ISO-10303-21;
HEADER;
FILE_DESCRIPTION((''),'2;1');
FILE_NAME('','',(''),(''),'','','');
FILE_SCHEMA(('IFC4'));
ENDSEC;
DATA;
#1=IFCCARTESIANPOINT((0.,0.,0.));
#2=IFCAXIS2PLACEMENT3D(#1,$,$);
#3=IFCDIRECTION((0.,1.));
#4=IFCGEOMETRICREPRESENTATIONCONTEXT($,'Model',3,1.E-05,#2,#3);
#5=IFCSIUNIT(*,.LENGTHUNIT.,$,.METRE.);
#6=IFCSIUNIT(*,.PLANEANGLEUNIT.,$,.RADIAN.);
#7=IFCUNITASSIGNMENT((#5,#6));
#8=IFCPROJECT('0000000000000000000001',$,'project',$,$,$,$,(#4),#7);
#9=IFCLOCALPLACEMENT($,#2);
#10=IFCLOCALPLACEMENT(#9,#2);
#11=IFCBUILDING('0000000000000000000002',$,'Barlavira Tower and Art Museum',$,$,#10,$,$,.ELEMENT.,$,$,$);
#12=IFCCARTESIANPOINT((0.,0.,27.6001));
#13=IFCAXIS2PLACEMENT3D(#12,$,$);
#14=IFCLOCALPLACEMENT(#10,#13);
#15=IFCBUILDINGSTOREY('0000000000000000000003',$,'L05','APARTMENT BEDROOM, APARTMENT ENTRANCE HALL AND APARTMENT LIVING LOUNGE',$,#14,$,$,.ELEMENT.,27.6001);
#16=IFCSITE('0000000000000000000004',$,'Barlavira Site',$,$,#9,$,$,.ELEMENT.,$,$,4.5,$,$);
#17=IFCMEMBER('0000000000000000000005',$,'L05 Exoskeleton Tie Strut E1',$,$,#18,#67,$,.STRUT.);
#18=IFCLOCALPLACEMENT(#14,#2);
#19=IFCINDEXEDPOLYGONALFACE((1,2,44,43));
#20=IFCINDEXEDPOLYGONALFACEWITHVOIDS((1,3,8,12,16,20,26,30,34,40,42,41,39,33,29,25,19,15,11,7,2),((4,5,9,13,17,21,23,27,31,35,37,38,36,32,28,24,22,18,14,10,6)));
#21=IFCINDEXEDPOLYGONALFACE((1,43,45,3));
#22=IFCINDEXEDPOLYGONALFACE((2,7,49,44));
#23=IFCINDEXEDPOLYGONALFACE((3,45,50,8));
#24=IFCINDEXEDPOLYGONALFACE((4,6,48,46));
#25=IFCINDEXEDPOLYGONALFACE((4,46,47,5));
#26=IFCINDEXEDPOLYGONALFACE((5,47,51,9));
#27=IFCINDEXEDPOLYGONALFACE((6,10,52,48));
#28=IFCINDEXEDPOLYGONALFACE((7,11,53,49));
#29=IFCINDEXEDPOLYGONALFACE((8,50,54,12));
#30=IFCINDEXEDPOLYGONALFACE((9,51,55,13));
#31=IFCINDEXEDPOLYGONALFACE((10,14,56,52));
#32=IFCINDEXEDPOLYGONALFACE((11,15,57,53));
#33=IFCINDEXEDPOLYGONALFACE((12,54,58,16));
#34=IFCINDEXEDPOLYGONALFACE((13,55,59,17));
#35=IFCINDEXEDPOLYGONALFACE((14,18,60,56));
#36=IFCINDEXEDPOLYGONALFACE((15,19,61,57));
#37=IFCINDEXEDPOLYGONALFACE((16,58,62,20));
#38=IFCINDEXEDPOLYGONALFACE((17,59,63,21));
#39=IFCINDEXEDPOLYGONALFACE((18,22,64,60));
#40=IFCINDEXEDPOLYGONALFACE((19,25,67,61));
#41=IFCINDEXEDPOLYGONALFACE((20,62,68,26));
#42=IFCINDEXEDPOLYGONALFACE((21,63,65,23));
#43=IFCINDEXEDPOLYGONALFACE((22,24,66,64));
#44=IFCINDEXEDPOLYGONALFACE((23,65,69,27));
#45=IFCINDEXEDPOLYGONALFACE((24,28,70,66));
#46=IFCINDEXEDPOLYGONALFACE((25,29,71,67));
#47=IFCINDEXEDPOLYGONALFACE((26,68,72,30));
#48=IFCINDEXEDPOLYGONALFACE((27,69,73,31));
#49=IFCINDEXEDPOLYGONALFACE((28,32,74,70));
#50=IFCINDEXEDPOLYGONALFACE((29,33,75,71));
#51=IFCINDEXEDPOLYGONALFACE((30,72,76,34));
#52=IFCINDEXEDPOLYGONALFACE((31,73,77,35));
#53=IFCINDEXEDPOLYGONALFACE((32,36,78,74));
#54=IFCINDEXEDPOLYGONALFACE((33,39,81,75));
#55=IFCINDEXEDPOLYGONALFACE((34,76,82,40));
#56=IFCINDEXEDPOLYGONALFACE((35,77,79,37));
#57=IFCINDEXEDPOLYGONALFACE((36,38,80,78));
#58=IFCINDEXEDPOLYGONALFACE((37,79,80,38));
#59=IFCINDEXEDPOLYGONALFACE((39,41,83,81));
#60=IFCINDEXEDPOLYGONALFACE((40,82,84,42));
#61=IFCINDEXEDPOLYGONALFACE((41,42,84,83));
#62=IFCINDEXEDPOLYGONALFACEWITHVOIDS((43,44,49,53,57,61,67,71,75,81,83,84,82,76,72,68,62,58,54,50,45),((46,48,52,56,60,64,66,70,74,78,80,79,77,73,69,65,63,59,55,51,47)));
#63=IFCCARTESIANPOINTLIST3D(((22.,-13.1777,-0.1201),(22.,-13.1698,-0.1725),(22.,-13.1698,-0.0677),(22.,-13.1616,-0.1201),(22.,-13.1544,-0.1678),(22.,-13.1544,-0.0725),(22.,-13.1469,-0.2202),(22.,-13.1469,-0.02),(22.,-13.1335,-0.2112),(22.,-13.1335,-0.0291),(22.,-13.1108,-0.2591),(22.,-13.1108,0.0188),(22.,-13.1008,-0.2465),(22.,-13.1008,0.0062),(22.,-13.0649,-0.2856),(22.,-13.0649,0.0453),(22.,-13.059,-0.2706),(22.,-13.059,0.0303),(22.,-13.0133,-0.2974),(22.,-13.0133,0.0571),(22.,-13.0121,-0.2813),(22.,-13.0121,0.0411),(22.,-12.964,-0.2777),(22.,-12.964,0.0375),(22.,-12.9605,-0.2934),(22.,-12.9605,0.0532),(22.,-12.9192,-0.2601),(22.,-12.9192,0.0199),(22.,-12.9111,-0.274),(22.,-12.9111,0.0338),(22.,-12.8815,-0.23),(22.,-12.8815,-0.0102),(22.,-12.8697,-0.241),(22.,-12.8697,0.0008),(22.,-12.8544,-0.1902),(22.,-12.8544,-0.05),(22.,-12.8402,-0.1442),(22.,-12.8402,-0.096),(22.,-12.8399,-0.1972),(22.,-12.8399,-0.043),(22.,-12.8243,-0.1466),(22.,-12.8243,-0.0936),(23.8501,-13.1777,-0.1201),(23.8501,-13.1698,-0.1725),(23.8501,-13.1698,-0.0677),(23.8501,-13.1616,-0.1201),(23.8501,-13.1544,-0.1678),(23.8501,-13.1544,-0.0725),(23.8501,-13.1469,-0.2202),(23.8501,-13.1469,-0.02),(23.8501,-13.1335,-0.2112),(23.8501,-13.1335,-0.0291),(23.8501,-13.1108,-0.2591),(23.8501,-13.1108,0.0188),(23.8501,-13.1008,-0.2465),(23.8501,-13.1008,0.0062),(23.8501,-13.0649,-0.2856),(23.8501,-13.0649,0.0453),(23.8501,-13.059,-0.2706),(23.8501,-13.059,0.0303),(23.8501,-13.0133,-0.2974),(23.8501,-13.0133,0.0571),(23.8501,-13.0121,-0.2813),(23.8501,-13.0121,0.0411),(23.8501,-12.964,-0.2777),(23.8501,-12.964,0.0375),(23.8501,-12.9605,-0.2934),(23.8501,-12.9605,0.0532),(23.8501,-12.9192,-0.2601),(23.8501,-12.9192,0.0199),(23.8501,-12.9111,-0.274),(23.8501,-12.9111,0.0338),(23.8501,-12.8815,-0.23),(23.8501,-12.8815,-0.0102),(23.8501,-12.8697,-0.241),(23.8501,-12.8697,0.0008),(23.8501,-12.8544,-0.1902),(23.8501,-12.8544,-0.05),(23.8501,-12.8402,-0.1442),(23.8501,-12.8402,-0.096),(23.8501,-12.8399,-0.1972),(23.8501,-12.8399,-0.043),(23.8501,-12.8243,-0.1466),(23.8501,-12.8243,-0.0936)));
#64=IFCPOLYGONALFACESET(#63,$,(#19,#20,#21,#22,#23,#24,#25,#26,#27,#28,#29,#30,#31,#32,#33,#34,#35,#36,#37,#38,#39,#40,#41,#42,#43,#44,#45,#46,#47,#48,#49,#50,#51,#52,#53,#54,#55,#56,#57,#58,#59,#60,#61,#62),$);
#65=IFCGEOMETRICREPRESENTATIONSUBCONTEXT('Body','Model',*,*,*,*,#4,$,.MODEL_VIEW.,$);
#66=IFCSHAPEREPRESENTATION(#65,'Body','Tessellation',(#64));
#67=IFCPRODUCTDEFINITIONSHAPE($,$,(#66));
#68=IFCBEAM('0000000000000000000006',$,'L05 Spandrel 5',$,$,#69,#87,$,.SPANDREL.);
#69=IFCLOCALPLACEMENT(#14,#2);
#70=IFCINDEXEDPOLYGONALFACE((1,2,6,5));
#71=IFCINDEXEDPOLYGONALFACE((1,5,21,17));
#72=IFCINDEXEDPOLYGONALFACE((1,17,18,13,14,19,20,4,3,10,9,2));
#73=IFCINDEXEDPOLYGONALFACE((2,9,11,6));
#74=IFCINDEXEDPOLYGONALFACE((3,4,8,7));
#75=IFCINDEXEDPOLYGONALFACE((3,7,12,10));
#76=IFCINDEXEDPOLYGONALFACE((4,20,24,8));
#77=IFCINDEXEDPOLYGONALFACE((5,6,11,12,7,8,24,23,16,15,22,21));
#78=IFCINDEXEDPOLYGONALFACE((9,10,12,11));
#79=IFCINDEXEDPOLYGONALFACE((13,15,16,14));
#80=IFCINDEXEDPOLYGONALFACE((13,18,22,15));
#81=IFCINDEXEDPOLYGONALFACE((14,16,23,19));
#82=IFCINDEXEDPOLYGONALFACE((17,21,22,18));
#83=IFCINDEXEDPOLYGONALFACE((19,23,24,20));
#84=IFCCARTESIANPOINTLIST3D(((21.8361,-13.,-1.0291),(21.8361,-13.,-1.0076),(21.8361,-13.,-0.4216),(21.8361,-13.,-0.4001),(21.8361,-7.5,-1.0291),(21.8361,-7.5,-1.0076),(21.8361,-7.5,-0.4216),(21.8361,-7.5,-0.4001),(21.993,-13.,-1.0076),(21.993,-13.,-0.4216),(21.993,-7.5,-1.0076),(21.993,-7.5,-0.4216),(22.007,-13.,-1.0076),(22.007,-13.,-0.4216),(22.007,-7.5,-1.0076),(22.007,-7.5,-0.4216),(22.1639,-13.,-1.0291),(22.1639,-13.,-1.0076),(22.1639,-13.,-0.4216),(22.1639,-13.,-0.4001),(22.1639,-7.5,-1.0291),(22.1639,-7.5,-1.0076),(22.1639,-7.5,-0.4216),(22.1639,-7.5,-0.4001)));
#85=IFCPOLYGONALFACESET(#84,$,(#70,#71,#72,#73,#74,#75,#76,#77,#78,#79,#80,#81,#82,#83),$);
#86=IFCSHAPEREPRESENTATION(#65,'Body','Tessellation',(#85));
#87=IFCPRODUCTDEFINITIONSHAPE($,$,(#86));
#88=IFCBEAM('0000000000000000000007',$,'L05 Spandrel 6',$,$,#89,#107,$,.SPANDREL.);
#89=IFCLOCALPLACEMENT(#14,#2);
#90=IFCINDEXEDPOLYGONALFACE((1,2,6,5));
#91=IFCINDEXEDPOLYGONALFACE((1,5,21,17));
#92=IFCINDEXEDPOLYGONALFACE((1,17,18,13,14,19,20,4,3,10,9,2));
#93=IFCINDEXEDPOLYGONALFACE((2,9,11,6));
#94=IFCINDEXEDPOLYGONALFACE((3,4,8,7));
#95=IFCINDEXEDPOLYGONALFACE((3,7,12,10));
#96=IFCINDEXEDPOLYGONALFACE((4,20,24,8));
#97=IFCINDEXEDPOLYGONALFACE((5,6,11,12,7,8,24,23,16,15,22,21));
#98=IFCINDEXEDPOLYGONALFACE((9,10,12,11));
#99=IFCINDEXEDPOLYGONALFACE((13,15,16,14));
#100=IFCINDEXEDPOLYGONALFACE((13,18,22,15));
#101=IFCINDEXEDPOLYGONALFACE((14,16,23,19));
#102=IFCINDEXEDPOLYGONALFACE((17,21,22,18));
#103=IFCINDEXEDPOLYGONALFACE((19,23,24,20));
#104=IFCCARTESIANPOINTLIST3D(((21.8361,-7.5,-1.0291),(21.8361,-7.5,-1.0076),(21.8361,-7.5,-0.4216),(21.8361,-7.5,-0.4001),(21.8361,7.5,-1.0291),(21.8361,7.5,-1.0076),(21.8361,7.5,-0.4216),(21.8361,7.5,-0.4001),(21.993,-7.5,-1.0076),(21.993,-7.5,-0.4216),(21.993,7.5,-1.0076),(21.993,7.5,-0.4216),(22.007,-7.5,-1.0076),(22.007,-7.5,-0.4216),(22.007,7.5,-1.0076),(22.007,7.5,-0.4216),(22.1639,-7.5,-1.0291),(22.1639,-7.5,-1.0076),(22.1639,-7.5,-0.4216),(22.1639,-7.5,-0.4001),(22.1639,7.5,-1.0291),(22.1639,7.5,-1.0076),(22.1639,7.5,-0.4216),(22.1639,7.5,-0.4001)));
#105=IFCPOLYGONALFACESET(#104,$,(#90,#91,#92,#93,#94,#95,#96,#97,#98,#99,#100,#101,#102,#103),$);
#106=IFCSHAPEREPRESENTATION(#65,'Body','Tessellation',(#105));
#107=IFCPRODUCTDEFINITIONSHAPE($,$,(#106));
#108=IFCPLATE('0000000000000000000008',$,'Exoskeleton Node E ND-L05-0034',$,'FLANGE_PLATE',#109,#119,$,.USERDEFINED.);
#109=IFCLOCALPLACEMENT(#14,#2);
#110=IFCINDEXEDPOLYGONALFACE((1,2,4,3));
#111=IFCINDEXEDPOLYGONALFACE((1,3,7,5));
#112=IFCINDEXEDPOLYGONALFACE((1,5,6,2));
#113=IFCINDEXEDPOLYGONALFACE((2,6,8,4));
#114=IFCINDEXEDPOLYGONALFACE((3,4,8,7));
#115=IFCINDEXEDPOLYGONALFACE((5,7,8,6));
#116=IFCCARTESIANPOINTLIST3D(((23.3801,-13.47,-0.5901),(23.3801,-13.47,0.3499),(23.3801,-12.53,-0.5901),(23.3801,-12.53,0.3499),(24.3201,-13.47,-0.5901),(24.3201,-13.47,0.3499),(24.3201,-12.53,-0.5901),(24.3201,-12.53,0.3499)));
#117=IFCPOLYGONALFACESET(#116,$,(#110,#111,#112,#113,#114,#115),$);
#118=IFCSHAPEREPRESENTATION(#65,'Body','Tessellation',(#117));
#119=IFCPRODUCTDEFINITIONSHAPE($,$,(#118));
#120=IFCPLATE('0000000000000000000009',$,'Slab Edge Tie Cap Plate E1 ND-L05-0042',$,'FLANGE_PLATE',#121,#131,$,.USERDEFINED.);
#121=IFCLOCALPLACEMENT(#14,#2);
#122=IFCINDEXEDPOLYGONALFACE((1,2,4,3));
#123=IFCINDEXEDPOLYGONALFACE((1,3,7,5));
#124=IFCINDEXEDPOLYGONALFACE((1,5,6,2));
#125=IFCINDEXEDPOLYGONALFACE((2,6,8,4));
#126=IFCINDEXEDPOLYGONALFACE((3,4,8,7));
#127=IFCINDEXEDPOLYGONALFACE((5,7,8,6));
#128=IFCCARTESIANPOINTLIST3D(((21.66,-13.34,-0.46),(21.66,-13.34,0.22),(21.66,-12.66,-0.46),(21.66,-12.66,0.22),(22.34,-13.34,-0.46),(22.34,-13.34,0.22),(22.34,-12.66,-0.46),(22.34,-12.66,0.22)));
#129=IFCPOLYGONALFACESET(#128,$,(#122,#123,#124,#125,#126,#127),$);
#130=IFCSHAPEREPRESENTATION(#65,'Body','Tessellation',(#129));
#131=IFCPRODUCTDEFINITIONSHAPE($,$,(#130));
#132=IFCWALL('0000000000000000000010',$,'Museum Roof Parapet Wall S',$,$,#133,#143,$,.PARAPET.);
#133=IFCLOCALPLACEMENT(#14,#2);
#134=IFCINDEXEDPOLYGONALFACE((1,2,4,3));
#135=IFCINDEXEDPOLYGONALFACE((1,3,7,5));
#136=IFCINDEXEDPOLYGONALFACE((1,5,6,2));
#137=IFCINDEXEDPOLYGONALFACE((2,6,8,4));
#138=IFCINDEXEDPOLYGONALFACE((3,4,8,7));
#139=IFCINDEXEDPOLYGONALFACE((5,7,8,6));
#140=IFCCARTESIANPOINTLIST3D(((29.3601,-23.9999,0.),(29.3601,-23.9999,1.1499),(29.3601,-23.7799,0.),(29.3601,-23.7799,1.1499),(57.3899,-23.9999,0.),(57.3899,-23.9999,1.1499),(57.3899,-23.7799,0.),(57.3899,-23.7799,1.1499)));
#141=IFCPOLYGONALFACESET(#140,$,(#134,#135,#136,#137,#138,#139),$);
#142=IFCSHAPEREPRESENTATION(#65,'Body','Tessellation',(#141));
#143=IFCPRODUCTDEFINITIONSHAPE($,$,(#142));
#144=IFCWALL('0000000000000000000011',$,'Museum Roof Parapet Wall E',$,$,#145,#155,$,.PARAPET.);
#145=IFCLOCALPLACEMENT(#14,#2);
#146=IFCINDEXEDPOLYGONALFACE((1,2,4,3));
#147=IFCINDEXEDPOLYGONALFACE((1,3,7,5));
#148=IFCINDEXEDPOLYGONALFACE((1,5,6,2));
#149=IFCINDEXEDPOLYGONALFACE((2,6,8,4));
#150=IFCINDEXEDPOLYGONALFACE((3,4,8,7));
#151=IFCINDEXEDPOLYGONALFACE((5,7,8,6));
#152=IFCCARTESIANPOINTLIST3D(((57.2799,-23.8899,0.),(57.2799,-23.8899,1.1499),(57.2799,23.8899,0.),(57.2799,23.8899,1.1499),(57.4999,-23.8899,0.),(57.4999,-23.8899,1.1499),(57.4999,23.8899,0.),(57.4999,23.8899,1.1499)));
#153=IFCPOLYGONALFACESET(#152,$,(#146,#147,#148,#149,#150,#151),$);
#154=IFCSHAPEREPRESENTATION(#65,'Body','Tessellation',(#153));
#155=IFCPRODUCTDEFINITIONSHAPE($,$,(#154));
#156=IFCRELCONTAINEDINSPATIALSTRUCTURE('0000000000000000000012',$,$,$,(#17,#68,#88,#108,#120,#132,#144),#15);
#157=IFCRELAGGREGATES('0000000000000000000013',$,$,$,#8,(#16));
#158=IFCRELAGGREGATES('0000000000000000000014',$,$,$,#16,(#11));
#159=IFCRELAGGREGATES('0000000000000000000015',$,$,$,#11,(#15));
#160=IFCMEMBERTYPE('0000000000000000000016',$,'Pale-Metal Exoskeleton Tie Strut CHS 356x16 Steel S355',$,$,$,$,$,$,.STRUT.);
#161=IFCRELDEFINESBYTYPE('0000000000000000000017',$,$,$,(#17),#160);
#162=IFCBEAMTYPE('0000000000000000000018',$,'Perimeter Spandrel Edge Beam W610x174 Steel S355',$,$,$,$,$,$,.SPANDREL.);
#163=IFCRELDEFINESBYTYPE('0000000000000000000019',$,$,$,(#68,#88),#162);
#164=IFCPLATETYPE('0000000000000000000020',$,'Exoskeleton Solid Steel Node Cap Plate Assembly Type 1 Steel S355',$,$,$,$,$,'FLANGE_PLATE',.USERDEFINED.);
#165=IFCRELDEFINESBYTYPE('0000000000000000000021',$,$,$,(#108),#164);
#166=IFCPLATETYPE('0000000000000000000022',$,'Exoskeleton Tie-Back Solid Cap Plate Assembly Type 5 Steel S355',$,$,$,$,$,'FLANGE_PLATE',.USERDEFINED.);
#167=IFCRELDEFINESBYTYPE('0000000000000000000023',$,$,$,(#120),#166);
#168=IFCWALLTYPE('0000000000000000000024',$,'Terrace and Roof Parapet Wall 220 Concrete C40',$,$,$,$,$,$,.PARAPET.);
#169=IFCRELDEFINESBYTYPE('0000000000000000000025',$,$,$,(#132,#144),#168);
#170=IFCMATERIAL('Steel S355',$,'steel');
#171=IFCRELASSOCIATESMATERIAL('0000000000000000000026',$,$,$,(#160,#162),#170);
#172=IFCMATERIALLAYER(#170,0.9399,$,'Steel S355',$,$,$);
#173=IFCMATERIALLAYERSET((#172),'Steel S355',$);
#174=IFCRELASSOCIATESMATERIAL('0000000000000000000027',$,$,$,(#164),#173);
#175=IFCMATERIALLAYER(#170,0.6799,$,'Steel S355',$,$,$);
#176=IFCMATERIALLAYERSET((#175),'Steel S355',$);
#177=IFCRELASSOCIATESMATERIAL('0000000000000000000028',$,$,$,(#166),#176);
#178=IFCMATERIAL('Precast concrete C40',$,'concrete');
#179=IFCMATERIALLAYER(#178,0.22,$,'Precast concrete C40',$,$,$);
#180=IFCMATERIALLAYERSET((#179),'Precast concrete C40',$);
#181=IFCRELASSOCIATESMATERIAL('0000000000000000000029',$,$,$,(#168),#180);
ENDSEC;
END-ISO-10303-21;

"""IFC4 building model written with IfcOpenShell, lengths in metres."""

from ifc_helpers import new_model, si_unit, direction, frame, frame_2d, origin, origin_2d, place, context, subcontext, project, spatial, rectangle, hollow_circle, i_section, extrude, material, layer, layer_set, material_profile, profile_set, type_object, element, save


model = new_model("IFC4")

# Units and contexts
model_context = context("Model", 3, precision=1e-05, world=origin(), true_north=direction((0.0, 1.0)))
body_context = subcontext(model_context, "Body", "Model", "MODEL_VIEW")
ifc_project = project(units=[si_unit("LENGTHUNIT", "METRE"), si_unit("PLANEANGLEUNIT", "RADIAN")], contexts=[model_context])

# Site, building, storey
site_placement = place(None, origin())
site = spatial("IfcSite", under=ifc_project, at=site_placement, Name="Barlavira Site", CompositionType="ELEMENT", RefElevation=4.5)
building_placement = place(site_placement, origin())
building = spatial("IfcBuilding", under=site, at=building_placement, Name="Barlavira Tower and Art Museum", CompositionType="ELEMENT")
storey_placement = place(building_placement, frame((0.0, 0.0, 27.6001)))
storey = spatial("IfcBuildingStorey", under=building, at=storey_placement, Name="L05", Description="APARTMENT BEDROOM, APARTMENT ENTRANCE HALL AND APARTMENT LIVING LOUNGE", CompositionType="ELEMENT", Elevation=27.6001)

# Shared definitions
ifc_material_1 = material(Name="Steel S355", Category="steel")

# Member
ifc_material_profile_1 = material_profile(ifc_material_1, hollow_circle(Radius=0.1777, WallThickness=0.0161, at=origin_2d()), Name="CHS 355.6x16.0")
ifc_profile_set_1 = profile_set([ifc_material_profile_1], Name="Steel S355")
member_type_1 = type_object("IfcMemberType", Name="Pale-Metal Exoskeleton Tie Strut CHS 356x16 Steel S355", PredefinedType="STRUT", material=ifc_profile_set_1)
member_1_placement = place(storey_placement, frame((23.8501, -13.0, -0.1201), z_axis=(-1.0, 0.0, 0.0), x_axis=(0.0, -1.0, 0.0)))
element("IfcMember", 1, at=member_1_placement, inside=storey, type_object=member_type_1, Name="L05 Exoskeleton Tie Strut E1", PredefinedType="STRUT", context=body_context, shape_type="SweptSolid", body=[
    extrude(hollow_circle(Radius=0.1777, WallThickness=0.0161, at=origin_2d()), origin(), (0.0, 0.0, 1.0), 1.8501),
])

# Beams
ifc_material_profile_2 = material_profile(ifc_material_1, i_section(OverallWidth=0.3279, OverallDepth=0.6289, WebThickness=0.0139, FlangeThickness=0.0215, at=origin_2d()), Name="W610x174.0")
ifc_profile_set_2 = profile_set([ifc_material_profile_2], Name="Steel S355")
beam_type_1 = type_object("IfcBeamType", Name="Perimeter Spandrel Edge Beam W610x174 Steel S355", PredefinedType="SPANDREL", material=ifc_profile_set_2)
beam_1_placement = place(storey_placement, frame((22.0, -13.0, -0.7146), z_axis=(0.0, 1.0, 0.0), x_axis=(-1.0, 0.0, 0.0)))
element("IfcBeam", 2, at=beam_1_placement, inside=storey, type_object=beam_type_1, Name="L05 Spandrel 5", PredefinedType="SPANDREL", context=body_context, shape_type="SweptSolid", body=[
    extrude(i_section(OverallWidth=0.3279, OverallDepth=0.6289, WebThickness=0.0139, FlangeThickness=0.0215, at=origin_2d()), origin(), (0.0, 0.0, 1.0), 5.5),
])
beam_2_placement = place(storey_placement, frame((22.0, -7.5, -0.7146), z_axis=(0.0, 1.0, 0.0), x_axis=(-1.0, 0.0, 0.0)))
element("IfcBeam", 3, at=beam_2_placement, inside=storey, type_object=beam_type_1, Name="L05 Spandrel 6", PredefinedType="SPANDREL", context=body_context, shape_type="SweptSolid", body=[
    extrude(i_section(OverallWidth=0.3279, OverallDepth=0.6289, WebThickness=0.0139, FlangeThickness=0.0215, at=origin_2d()), origin(), (0.0, 0.0, 1.0), 15.0),
])

# Plates
ifc_layer_1 = layer(ifc_material_1, 0.9399, Name="Steel S355")
ifc_layer_set_1 = layer_set([ifc_layer_1], Name="Steel S355")
plate_type_1 = type_object("IfcPlateType", Name="Exoskeleton Solid Steel Node Cap Plate Assembly Type 1 Steel S355", ElementType="FLANGE_PLATE", PredefinedType="USERDEFINED", material=ifc_layer_set_1)
plate_1_placement = place(storey_placement, frame((23.8501, -13.0, -0.5901), z_axis=(0.0, 0.0, 1.0), x_axis=(1.0, 0.0, 0.0)))
element("IfcPlate", 4, at=plate_1_placement, inside=storey, type_object=plate_type_1, Name="Exoskeleton Node E ND-L05-0034", ObjectType="FLANGE_PLATE", PredefinedType="USERDEFINED", context=body_context, shape_type="SweptSolid", body=[
    extrude(rectangle(XDim=0.9399, YDim=0.9399, at=origin_2d()), origin(), (0.0, 0.0, 1.0), 0.9399),
])
ifc_layer_2 = layer(ifc_material_1, 0.6799, Name="Steel S355")
ifc_layer_set_2 = layer_set([ifc_layer_2], Name="Steel S355")
plate_type_2 = type_object("IfcPlateType", Name="Exoskeleton Tie-Back Solid Cap Plate Assembly Type 5 Steel S355", ElementType="FLANGE_PLATE", PredefinedType="USERDEFINED", material=ifc_layer_set_2)
plate_2_placement = place(storey_placement, frame((22.0, -13.0, -0.46), z_axis=(0.0, 0.0, 1.0), x_axis=(1.0, 0.0, 0.0)))
element("IfcPlate", 5, at=plate_2_placement, inside=storey, type_object=plate_type_2, Name="Slab Edge Tie Cap Plate E1 ND-L05-0042", ObjectType="FLANGE_PLATE", PredefinedType="USERDEFINED", context=body_context, shape_type="SweptSolid", body=[
    extrude(rectangle(XDim=0.6799, YDim=0.6799, at=origin_2d()), origin(), (0.0, 0.0, 1.0), 0.6799),
])

# Walls
ifc_material_2 = material(Name="Precast concrete C40", Category="concrete")
ifc_layer_3 = layer(ifc_material_2, 0.22, Name="Precast concrete C40")
ifc_layer_set_3 = layer_set([ifc_layer_3], Name="Precast concrete C40")
wall_type = type_object("IfcWallType", Name="Terrace and Roof Parapet Wall 220 Concrete C40", PredefinedType="PARAPET", material=ifc_layer_set_3)
wall_1_placement = place(storey_placement, frame((29.3601, -23.8899, 0.0), z_axis=(0.0, 0.0, 1.0), x_axis=(1.0, 0.0, 0.0)))
element("IfcWall", 6, at=wall_1_placement, inside=storey, type_object=wall_type, Name="Museum Roof Parapet Wall S", PredefinedType="PARAPET", context=body_context, shape_type="SweptSolid", body=[
    extrude(rectangle(XDim=28.0298, YDim=0.22, at=frame_2d((14.0149, 0.0))), origin(), (0.0, 0.0, 1.0), 1.1499),
])
wall_2_placement = place(storey_placement, frame((57.3899, -23.8899, 0.0), z_axis=(0.0, 0.0, 1.0), x_axis=(0.0, 1.0, 0.0)))
element("IfcWall", 7, at=wall_2_placement, inside=storey, type_object=wall_type, Name="Museum Roof Parapet Wall E", PredefinedType="PARAPET", context=body_context, shape_type="SweptSolid", body=[
    extrude(rectangle(XDim=47.7798, YDim=0.22, at=frame_2d((23.8899, 0.0))), origin(), (0.0, 0.0, 1.0), 1.1499),
])

save(model, "model.ifc")
